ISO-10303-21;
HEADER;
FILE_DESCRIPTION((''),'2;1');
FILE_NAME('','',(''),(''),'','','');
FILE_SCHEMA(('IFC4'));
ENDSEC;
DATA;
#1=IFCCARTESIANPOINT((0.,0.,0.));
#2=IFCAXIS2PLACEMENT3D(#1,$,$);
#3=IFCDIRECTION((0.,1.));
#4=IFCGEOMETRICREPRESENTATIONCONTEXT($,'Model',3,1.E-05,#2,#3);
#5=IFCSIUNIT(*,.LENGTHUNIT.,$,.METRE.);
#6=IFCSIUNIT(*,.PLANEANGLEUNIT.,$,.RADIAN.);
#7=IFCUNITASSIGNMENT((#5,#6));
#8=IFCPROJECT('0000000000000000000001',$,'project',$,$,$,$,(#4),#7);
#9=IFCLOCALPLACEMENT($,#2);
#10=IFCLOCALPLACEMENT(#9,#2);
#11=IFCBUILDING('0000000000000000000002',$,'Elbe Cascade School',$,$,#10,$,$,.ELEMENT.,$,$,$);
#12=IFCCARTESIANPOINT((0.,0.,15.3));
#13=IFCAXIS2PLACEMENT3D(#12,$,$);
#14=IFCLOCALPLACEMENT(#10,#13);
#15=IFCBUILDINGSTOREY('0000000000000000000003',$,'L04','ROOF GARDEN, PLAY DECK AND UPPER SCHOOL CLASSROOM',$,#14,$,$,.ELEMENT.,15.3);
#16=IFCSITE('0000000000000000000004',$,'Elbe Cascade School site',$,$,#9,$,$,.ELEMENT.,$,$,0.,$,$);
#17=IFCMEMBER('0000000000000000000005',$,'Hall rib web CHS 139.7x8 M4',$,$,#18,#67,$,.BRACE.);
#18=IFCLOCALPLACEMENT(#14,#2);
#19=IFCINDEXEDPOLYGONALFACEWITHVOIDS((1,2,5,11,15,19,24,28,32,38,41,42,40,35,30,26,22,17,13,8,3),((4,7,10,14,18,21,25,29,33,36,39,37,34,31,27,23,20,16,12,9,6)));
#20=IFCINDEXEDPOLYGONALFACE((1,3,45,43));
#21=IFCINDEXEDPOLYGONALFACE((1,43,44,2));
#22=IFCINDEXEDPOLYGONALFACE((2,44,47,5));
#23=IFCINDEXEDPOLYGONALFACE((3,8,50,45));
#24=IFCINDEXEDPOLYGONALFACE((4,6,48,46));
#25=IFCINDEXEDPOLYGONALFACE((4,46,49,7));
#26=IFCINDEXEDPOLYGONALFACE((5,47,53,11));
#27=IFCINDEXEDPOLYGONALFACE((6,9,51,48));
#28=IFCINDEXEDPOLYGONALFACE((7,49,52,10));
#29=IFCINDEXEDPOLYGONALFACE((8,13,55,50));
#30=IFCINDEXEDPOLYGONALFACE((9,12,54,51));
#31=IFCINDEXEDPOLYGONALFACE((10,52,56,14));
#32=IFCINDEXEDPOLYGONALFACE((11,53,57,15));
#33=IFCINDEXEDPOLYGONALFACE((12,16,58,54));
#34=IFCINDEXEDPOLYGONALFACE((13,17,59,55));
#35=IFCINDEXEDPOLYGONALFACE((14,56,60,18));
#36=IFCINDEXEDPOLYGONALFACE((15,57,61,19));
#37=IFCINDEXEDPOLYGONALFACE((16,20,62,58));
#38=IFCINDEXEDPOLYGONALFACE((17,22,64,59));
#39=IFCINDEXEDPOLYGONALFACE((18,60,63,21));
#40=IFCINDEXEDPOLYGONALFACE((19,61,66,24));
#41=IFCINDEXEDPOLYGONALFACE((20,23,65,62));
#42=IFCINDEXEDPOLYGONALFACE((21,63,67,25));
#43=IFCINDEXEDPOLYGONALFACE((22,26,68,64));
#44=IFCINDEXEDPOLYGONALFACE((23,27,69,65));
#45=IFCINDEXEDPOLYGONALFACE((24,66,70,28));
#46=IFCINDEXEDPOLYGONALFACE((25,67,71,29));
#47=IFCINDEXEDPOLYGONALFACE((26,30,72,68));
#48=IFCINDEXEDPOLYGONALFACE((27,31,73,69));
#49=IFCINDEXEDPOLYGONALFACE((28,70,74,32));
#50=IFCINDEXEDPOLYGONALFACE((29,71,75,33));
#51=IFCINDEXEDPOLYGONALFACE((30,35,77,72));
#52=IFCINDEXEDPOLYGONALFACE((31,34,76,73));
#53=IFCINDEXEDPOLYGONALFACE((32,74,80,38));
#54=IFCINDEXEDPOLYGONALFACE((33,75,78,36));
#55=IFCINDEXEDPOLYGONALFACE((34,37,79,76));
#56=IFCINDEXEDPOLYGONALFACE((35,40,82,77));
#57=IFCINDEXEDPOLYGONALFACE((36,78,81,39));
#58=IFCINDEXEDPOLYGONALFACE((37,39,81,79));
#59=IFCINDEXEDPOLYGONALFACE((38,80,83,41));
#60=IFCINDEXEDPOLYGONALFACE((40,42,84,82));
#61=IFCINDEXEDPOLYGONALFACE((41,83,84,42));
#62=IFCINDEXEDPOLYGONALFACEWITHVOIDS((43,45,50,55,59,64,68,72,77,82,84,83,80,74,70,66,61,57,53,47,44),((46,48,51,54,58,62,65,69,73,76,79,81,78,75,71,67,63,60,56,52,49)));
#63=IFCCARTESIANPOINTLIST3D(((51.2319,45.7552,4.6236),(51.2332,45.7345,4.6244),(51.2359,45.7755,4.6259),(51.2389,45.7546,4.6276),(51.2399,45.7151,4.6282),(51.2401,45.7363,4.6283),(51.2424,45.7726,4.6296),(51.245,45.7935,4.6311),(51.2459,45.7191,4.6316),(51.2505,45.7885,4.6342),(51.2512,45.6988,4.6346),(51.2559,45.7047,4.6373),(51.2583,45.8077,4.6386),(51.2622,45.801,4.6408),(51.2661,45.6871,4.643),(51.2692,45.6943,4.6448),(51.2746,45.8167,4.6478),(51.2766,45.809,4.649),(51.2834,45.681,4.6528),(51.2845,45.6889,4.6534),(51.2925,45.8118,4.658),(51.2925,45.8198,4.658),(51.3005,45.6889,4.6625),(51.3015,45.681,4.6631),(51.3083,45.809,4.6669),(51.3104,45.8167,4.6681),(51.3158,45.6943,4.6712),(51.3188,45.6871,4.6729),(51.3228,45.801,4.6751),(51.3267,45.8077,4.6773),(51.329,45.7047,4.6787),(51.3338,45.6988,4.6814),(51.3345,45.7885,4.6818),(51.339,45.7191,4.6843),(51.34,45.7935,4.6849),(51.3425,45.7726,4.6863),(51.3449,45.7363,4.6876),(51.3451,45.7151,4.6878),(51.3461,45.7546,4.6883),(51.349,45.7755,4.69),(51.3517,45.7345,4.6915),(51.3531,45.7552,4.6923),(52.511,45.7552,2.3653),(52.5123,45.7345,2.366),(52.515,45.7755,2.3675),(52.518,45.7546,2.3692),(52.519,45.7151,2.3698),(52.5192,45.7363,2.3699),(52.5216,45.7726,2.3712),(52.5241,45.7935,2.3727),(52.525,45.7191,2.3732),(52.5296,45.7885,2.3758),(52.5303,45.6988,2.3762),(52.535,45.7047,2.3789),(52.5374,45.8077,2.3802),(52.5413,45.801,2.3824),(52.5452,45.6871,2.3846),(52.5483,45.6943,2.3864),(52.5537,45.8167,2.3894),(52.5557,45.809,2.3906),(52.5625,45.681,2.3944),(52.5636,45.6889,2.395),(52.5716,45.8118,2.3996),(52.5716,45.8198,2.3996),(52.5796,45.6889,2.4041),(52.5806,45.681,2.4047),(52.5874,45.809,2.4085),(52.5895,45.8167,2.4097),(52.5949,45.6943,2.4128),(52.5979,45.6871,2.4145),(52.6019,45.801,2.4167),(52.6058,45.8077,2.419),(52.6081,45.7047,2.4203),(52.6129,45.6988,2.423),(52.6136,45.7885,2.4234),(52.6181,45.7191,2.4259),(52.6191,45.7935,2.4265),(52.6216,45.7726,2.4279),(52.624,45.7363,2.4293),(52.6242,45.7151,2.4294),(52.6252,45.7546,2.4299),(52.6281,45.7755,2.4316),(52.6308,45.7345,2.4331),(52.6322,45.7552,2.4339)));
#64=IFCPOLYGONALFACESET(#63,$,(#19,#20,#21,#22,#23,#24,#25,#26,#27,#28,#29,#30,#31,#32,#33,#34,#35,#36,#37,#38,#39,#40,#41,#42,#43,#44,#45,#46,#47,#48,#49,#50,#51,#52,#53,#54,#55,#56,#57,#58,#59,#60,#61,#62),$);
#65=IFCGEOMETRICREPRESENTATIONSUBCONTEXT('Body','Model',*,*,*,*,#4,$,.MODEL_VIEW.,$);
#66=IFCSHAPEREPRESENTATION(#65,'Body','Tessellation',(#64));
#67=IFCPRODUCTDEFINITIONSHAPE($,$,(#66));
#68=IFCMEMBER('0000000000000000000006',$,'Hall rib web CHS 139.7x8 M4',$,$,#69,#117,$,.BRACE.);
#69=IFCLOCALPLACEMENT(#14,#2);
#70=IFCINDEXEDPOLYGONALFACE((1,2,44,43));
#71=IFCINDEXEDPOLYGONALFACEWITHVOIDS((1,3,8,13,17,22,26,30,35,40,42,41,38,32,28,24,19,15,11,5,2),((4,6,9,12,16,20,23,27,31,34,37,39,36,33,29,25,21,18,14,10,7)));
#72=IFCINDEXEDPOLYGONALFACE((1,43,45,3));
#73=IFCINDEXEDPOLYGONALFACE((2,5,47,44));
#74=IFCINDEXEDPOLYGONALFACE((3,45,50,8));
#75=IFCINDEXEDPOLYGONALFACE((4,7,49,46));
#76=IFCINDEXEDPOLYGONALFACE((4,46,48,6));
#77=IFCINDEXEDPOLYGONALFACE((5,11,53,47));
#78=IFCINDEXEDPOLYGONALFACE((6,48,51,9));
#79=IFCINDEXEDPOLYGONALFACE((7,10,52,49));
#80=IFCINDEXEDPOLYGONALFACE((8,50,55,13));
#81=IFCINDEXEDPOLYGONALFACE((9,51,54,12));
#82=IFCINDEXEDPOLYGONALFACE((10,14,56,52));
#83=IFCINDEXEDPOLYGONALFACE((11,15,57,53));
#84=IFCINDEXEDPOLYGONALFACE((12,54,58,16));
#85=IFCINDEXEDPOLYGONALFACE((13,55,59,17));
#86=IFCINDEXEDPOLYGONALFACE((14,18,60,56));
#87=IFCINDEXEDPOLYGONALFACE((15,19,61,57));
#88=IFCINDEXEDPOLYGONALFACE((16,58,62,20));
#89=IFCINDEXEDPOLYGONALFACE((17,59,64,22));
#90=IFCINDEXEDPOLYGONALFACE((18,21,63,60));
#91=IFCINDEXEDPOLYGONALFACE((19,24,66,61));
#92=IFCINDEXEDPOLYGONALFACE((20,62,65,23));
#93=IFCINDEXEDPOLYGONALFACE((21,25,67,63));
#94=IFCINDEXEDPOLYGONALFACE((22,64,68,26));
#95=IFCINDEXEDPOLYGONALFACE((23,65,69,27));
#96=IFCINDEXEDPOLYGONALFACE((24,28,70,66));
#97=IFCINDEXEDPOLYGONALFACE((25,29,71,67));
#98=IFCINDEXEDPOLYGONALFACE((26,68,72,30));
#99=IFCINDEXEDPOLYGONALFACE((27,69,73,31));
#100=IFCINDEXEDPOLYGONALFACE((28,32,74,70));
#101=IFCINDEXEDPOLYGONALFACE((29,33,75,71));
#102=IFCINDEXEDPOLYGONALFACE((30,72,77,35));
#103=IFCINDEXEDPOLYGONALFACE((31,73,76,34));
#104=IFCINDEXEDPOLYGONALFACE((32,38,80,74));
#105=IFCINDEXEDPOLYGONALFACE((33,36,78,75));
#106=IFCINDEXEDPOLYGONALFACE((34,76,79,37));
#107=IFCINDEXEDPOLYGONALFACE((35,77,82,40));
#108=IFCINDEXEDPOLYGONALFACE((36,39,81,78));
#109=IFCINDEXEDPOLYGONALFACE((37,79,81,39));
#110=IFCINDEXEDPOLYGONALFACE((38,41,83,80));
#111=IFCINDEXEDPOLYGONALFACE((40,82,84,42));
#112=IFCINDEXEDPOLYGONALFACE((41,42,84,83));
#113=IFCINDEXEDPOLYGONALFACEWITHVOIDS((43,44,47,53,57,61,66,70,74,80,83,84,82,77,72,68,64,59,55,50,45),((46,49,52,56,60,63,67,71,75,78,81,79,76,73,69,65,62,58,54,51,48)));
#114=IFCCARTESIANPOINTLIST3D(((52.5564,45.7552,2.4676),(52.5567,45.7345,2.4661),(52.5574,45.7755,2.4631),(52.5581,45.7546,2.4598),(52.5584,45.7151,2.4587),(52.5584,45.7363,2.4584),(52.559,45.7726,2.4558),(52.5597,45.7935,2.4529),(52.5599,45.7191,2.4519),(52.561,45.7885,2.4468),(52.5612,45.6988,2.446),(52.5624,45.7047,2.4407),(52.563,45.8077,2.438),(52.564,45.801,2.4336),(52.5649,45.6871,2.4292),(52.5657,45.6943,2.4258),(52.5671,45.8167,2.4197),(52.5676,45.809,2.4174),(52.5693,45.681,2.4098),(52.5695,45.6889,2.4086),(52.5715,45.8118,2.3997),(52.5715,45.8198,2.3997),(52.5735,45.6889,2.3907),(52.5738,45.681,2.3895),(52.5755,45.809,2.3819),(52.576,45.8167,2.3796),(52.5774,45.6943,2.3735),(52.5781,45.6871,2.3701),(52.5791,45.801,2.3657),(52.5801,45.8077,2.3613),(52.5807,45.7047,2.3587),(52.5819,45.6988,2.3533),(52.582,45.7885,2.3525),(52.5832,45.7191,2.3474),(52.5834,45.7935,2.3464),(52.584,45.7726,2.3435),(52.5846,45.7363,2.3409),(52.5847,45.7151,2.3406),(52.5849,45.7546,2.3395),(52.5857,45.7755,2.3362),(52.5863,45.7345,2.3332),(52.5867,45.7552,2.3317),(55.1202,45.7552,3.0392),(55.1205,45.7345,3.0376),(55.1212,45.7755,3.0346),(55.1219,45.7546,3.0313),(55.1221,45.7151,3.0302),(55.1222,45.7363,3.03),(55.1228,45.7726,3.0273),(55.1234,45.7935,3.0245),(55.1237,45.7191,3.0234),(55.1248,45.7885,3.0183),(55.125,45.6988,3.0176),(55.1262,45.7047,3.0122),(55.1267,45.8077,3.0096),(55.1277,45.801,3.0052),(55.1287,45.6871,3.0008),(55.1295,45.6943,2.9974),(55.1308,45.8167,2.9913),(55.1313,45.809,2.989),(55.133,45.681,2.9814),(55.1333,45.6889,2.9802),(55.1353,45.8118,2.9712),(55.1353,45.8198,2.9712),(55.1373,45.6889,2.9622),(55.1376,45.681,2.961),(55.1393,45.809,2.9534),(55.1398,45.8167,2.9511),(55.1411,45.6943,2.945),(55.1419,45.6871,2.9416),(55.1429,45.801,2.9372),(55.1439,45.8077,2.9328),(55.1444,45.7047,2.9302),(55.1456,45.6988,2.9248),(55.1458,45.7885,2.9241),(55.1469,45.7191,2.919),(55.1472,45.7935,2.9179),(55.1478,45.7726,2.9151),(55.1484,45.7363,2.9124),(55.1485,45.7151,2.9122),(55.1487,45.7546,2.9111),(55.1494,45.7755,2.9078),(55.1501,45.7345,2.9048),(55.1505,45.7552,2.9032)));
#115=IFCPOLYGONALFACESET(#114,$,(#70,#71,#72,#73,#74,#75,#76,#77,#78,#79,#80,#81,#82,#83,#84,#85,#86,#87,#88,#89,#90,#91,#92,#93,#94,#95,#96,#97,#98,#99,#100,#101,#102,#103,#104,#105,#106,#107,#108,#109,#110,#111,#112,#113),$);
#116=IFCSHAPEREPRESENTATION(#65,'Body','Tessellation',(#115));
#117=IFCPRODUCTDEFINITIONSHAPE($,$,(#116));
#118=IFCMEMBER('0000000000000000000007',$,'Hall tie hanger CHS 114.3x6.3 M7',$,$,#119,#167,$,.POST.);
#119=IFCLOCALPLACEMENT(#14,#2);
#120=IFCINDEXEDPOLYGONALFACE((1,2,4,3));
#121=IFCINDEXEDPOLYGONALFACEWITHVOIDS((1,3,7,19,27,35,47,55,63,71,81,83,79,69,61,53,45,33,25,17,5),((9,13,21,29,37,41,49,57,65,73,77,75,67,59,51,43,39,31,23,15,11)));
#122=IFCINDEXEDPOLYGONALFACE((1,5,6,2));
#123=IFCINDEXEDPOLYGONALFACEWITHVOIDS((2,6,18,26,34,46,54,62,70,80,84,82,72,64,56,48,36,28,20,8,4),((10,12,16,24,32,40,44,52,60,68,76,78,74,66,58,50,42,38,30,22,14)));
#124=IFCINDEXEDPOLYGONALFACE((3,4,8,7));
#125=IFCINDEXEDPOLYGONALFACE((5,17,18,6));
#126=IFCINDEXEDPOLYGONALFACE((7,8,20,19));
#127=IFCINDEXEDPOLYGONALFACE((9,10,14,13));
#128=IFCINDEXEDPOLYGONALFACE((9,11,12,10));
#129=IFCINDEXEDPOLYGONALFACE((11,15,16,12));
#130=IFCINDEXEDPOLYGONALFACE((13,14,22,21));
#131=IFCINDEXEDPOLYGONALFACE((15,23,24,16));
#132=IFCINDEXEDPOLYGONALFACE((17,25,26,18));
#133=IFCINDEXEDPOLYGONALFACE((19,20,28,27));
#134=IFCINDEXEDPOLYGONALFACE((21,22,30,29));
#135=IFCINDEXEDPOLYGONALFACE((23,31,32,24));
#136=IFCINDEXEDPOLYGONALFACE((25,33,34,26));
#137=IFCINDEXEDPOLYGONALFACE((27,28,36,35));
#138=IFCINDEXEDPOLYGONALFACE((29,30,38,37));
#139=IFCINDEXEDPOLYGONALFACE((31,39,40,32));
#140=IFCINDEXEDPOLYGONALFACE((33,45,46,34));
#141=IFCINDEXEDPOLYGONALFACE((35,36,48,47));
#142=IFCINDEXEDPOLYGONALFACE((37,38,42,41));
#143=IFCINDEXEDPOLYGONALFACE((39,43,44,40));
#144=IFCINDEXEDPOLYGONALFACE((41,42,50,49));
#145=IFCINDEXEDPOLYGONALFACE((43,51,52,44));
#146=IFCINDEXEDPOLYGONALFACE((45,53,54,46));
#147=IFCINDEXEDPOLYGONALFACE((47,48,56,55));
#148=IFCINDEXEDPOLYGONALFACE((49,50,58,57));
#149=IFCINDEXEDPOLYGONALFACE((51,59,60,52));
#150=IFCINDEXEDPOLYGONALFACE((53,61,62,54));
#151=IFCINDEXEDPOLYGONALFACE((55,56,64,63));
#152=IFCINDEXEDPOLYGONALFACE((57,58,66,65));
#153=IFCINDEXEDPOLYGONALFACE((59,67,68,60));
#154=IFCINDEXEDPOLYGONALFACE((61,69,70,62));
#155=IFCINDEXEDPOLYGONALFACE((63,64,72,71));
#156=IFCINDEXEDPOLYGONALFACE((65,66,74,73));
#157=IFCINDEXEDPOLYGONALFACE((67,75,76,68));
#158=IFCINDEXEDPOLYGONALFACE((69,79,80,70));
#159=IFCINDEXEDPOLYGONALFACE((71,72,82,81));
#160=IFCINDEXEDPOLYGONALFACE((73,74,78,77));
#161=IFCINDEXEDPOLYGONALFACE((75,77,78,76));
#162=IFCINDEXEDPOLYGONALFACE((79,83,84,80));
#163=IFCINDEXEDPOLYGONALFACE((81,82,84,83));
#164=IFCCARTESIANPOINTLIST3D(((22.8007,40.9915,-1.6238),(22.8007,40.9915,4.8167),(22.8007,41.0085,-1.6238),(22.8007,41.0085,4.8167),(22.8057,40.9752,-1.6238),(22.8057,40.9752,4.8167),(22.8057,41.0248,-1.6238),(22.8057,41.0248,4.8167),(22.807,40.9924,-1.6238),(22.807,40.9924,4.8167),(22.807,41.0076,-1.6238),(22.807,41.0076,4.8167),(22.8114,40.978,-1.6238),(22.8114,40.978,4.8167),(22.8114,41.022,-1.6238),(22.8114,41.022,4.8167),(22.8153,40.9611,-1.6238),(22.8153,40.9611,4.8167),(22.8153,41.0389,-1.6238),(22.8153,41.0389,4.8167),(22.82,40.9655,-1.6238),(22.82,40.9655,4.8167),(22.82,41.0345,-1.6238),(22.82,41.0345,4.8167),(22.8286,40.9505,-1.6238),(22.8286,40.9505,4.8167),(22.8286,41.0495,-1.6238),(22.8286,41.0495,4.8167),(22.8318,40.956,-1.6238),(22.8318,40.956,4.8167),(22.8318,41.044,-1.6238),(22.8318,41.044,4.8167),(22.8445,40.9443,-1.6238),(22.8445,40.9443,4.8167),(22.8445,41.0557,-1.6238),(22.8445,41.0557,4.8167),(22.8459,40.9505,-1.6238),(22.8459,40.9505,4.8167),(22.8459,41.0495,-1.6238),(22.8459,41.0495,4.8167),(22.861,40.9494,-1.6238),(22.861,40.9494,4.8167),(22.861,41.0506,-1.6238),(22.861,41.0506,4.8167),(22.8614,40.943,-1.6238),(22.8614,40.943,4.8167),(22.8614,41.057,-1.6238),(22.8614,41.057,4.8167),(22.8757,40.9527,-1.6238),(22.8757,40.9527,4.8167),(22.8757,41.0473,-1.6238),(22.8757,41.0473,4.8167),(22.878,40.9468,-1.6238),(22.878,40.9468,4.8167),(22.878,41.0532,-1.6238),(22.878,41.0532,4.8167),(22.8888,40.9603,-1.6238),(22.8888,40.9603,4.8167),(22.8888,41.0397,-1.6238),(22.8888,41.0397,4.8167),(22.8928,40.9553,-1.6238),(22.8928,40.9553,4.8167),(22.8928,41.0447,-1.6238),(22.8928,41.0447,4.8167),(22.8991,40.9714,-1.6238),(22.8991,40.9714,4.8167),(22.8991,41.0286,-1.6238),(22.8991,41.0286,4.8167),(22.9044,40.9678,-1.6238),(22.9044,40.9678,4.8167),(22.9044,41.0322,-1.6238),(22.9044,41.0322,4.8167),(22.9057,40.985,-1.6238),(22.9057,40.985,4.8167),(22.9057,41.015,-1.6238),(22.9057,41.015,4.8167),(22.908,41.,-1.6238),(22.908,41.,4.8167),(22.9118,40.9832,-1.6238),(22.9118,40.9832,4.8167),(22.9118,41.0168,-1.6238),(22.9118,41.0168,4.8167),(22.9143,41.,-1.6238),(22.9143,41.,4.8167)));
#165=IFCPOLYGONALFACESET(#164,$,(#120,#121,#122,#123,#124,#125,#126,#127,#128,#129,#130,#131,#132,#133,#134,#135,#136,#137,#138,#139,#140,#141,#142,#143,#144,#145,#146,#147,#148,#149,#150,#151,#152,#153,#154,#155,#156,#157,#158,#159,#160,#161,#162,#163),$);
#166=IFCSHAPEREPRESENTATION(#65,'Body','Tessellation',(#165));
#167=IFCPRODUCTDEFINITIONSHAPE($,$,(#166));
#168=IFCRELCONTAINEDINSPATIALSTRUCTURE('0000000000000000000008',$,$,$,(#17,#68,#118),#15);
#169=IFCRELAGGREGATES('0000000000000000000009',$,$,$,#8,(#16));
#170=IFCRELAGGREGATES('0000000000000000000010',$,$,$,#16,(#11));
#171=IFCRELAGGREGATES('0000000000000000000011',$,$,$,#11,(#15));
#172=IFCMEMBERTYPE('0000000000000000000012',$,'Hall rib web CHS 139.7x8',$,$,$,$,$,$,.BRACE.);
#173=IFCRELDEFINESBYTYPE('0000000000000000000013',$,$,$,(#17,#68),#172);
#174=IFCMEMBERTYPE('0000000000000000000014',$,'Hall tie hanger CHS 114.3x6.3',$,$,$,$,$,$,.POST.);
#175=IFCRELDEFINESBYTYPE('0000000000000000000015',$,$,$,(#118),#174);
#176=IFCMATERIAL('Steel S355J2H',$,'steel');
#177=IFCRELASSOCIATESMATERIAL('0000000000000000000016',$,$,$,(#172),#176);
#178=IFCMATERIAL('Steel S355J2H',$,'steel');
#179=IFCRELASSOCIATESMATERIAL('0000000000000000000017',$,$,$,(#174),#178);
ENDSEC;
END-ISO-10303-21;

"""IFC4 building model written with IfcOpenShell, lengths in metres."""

from ifc_helpers import new_model, si_unit, direction, frame, origin, origin_2d, place, context, subcontext, project, spatial, hollow_circle, extrude, material, material_profile, profile_set, type_object, element, save


model = new_model("IFC4")

# Units and contexts
model_context = context("Model", 3, precision=1e-05, world=origin(), true_north=direction((0.0, 1.0)))
body_context = subcontext(model_context, "Body", "Model", "MODEL_VIEW")
ifc_project = project(units=[si_unit("LENGTHUNIT", "METRE"), si_unit("PLANEANGLEUNIT", "RADIAN")], contexts=[model_context])

# Site, building, storey
site_placement = place(None, origin())
site = spatial("IfcSite", under=ifc_project, at=site_placement, Name="Elbe Cascade School site", CompositionType="ELEMENT", RefElevation=0.0)
building_placement = place(site_placement, origin())
building = spatial("IfcBuilding", under=site, at=building_placement, Name="Elbe Cascade School", CompositionType="ELEMENT")
storey_placement = place(building_placement, frame((0.0, 0.0, 15.3)))
storey = spatial("IfcBuildingStorey", under=building, at=storey_placement, Name="L04", Description="ROOF GARDEN, PLAY DECK AND UPPER SCHOOL CLASSROOM", CompositionType="ELEMENT", Elevation=15.3)

# Members
ifc_material_1 = material(Name="Steel S355J2H", Category="steel")
ifc_material_profile_1 = material_profile(ifc_material_1, hollow_circle(Radius=0.0698, WallThickness=0.0081, at=origin_2d()), Name="CHS 139.7x8")
ifc_profile_set_1 = profile_set([ifc_material_profile_1], Name="Steel S355J2H")
member_type_1 = type_object("IfcMemberType", Name="Hall rib web CHS 139.7x8", PredefinedType="BRACE", material=ifc_profile_set_1)
member_1_placement = place(storey_placement, frame((51.2925, 45.75, 4.658), z_axis=(0.492823, 0.0, -0.87013), x_axis=(0.0, 1.0, 0.0)))
element("IfcMember", 1, at=member_1_placement, inside=storey, type_object=member_type_1, Name="Hall rib web CHS 139.7x8 M4", PredefinedType="BRACE", context=body_context, shape_type="SweptSolid", body=[
    extrude(hollow_circle(Radius=0.0698, WallThickness=0.0081, at=origin_2d()), origin(), (0.0, 0.0, 1.0), 2.5955),
])
member_2_placement = place(storey_placement, frame((52.5715, 45.75, 2.3997), z_axis=(0.97604, 0.0, 0.21759), x_axis=(0.0, 1.0, 0.0)))
element("IfcMember", 2, at=member_2_placement, inside=storey, type_object=member_type_1, Name="Hall rib web CHS 139.7x8 M4", PredefinedType="BRACE", context=body_context, shape_type="SweptSolid", body=[
    extrude(hollow_circle(Radius=0.0698, WallThickness=0.0081, at=origin_2d()), origin(), (0.0, 0.0, 1.0), 2.6267),
])
ifc_material_2 = material(Name="Steel S355J2H", Category="steel")
ifc_material_profile_2 = material_profile(ifc_material_2, hollow_circle(Radius=0.0571, WallThickness=0.0063, at=origin_2d()), Name="CHS 114.3x6.3")
ifc_profile_set_2 = profile_set([ifc_material_profile_2], Name="Steel S355J2H")
member_type_2 = type_object("IfcMemberType", Name="Hall tie hanger CHS 114.3x6.3", PredefinedType="POST", material=ifc_profile_set_2)
member_3_placement = place(storey_placement, frame((22.8572, 41.0, -1.6238), z_axis=(0.0, 0.0, 1.0), x_axis=(1.0, 0.0, 0.0)))
element("IfcMember", 3, at=member_3_placement, inside=storey, type_object=member_type_2, Name="Hall tie hanger CHS 114.3x6.3 M7", PredefinedType="POST", context=body_context, shape_type="SweptSolid", body=[
    extrude(hollow_circle(Radius=0.0571, WallThickness=0.0063, at=origin_2d()), origin(), (0.0, 0.0, 1.0), 6.4404),
])

save(model, "model.ifc")
